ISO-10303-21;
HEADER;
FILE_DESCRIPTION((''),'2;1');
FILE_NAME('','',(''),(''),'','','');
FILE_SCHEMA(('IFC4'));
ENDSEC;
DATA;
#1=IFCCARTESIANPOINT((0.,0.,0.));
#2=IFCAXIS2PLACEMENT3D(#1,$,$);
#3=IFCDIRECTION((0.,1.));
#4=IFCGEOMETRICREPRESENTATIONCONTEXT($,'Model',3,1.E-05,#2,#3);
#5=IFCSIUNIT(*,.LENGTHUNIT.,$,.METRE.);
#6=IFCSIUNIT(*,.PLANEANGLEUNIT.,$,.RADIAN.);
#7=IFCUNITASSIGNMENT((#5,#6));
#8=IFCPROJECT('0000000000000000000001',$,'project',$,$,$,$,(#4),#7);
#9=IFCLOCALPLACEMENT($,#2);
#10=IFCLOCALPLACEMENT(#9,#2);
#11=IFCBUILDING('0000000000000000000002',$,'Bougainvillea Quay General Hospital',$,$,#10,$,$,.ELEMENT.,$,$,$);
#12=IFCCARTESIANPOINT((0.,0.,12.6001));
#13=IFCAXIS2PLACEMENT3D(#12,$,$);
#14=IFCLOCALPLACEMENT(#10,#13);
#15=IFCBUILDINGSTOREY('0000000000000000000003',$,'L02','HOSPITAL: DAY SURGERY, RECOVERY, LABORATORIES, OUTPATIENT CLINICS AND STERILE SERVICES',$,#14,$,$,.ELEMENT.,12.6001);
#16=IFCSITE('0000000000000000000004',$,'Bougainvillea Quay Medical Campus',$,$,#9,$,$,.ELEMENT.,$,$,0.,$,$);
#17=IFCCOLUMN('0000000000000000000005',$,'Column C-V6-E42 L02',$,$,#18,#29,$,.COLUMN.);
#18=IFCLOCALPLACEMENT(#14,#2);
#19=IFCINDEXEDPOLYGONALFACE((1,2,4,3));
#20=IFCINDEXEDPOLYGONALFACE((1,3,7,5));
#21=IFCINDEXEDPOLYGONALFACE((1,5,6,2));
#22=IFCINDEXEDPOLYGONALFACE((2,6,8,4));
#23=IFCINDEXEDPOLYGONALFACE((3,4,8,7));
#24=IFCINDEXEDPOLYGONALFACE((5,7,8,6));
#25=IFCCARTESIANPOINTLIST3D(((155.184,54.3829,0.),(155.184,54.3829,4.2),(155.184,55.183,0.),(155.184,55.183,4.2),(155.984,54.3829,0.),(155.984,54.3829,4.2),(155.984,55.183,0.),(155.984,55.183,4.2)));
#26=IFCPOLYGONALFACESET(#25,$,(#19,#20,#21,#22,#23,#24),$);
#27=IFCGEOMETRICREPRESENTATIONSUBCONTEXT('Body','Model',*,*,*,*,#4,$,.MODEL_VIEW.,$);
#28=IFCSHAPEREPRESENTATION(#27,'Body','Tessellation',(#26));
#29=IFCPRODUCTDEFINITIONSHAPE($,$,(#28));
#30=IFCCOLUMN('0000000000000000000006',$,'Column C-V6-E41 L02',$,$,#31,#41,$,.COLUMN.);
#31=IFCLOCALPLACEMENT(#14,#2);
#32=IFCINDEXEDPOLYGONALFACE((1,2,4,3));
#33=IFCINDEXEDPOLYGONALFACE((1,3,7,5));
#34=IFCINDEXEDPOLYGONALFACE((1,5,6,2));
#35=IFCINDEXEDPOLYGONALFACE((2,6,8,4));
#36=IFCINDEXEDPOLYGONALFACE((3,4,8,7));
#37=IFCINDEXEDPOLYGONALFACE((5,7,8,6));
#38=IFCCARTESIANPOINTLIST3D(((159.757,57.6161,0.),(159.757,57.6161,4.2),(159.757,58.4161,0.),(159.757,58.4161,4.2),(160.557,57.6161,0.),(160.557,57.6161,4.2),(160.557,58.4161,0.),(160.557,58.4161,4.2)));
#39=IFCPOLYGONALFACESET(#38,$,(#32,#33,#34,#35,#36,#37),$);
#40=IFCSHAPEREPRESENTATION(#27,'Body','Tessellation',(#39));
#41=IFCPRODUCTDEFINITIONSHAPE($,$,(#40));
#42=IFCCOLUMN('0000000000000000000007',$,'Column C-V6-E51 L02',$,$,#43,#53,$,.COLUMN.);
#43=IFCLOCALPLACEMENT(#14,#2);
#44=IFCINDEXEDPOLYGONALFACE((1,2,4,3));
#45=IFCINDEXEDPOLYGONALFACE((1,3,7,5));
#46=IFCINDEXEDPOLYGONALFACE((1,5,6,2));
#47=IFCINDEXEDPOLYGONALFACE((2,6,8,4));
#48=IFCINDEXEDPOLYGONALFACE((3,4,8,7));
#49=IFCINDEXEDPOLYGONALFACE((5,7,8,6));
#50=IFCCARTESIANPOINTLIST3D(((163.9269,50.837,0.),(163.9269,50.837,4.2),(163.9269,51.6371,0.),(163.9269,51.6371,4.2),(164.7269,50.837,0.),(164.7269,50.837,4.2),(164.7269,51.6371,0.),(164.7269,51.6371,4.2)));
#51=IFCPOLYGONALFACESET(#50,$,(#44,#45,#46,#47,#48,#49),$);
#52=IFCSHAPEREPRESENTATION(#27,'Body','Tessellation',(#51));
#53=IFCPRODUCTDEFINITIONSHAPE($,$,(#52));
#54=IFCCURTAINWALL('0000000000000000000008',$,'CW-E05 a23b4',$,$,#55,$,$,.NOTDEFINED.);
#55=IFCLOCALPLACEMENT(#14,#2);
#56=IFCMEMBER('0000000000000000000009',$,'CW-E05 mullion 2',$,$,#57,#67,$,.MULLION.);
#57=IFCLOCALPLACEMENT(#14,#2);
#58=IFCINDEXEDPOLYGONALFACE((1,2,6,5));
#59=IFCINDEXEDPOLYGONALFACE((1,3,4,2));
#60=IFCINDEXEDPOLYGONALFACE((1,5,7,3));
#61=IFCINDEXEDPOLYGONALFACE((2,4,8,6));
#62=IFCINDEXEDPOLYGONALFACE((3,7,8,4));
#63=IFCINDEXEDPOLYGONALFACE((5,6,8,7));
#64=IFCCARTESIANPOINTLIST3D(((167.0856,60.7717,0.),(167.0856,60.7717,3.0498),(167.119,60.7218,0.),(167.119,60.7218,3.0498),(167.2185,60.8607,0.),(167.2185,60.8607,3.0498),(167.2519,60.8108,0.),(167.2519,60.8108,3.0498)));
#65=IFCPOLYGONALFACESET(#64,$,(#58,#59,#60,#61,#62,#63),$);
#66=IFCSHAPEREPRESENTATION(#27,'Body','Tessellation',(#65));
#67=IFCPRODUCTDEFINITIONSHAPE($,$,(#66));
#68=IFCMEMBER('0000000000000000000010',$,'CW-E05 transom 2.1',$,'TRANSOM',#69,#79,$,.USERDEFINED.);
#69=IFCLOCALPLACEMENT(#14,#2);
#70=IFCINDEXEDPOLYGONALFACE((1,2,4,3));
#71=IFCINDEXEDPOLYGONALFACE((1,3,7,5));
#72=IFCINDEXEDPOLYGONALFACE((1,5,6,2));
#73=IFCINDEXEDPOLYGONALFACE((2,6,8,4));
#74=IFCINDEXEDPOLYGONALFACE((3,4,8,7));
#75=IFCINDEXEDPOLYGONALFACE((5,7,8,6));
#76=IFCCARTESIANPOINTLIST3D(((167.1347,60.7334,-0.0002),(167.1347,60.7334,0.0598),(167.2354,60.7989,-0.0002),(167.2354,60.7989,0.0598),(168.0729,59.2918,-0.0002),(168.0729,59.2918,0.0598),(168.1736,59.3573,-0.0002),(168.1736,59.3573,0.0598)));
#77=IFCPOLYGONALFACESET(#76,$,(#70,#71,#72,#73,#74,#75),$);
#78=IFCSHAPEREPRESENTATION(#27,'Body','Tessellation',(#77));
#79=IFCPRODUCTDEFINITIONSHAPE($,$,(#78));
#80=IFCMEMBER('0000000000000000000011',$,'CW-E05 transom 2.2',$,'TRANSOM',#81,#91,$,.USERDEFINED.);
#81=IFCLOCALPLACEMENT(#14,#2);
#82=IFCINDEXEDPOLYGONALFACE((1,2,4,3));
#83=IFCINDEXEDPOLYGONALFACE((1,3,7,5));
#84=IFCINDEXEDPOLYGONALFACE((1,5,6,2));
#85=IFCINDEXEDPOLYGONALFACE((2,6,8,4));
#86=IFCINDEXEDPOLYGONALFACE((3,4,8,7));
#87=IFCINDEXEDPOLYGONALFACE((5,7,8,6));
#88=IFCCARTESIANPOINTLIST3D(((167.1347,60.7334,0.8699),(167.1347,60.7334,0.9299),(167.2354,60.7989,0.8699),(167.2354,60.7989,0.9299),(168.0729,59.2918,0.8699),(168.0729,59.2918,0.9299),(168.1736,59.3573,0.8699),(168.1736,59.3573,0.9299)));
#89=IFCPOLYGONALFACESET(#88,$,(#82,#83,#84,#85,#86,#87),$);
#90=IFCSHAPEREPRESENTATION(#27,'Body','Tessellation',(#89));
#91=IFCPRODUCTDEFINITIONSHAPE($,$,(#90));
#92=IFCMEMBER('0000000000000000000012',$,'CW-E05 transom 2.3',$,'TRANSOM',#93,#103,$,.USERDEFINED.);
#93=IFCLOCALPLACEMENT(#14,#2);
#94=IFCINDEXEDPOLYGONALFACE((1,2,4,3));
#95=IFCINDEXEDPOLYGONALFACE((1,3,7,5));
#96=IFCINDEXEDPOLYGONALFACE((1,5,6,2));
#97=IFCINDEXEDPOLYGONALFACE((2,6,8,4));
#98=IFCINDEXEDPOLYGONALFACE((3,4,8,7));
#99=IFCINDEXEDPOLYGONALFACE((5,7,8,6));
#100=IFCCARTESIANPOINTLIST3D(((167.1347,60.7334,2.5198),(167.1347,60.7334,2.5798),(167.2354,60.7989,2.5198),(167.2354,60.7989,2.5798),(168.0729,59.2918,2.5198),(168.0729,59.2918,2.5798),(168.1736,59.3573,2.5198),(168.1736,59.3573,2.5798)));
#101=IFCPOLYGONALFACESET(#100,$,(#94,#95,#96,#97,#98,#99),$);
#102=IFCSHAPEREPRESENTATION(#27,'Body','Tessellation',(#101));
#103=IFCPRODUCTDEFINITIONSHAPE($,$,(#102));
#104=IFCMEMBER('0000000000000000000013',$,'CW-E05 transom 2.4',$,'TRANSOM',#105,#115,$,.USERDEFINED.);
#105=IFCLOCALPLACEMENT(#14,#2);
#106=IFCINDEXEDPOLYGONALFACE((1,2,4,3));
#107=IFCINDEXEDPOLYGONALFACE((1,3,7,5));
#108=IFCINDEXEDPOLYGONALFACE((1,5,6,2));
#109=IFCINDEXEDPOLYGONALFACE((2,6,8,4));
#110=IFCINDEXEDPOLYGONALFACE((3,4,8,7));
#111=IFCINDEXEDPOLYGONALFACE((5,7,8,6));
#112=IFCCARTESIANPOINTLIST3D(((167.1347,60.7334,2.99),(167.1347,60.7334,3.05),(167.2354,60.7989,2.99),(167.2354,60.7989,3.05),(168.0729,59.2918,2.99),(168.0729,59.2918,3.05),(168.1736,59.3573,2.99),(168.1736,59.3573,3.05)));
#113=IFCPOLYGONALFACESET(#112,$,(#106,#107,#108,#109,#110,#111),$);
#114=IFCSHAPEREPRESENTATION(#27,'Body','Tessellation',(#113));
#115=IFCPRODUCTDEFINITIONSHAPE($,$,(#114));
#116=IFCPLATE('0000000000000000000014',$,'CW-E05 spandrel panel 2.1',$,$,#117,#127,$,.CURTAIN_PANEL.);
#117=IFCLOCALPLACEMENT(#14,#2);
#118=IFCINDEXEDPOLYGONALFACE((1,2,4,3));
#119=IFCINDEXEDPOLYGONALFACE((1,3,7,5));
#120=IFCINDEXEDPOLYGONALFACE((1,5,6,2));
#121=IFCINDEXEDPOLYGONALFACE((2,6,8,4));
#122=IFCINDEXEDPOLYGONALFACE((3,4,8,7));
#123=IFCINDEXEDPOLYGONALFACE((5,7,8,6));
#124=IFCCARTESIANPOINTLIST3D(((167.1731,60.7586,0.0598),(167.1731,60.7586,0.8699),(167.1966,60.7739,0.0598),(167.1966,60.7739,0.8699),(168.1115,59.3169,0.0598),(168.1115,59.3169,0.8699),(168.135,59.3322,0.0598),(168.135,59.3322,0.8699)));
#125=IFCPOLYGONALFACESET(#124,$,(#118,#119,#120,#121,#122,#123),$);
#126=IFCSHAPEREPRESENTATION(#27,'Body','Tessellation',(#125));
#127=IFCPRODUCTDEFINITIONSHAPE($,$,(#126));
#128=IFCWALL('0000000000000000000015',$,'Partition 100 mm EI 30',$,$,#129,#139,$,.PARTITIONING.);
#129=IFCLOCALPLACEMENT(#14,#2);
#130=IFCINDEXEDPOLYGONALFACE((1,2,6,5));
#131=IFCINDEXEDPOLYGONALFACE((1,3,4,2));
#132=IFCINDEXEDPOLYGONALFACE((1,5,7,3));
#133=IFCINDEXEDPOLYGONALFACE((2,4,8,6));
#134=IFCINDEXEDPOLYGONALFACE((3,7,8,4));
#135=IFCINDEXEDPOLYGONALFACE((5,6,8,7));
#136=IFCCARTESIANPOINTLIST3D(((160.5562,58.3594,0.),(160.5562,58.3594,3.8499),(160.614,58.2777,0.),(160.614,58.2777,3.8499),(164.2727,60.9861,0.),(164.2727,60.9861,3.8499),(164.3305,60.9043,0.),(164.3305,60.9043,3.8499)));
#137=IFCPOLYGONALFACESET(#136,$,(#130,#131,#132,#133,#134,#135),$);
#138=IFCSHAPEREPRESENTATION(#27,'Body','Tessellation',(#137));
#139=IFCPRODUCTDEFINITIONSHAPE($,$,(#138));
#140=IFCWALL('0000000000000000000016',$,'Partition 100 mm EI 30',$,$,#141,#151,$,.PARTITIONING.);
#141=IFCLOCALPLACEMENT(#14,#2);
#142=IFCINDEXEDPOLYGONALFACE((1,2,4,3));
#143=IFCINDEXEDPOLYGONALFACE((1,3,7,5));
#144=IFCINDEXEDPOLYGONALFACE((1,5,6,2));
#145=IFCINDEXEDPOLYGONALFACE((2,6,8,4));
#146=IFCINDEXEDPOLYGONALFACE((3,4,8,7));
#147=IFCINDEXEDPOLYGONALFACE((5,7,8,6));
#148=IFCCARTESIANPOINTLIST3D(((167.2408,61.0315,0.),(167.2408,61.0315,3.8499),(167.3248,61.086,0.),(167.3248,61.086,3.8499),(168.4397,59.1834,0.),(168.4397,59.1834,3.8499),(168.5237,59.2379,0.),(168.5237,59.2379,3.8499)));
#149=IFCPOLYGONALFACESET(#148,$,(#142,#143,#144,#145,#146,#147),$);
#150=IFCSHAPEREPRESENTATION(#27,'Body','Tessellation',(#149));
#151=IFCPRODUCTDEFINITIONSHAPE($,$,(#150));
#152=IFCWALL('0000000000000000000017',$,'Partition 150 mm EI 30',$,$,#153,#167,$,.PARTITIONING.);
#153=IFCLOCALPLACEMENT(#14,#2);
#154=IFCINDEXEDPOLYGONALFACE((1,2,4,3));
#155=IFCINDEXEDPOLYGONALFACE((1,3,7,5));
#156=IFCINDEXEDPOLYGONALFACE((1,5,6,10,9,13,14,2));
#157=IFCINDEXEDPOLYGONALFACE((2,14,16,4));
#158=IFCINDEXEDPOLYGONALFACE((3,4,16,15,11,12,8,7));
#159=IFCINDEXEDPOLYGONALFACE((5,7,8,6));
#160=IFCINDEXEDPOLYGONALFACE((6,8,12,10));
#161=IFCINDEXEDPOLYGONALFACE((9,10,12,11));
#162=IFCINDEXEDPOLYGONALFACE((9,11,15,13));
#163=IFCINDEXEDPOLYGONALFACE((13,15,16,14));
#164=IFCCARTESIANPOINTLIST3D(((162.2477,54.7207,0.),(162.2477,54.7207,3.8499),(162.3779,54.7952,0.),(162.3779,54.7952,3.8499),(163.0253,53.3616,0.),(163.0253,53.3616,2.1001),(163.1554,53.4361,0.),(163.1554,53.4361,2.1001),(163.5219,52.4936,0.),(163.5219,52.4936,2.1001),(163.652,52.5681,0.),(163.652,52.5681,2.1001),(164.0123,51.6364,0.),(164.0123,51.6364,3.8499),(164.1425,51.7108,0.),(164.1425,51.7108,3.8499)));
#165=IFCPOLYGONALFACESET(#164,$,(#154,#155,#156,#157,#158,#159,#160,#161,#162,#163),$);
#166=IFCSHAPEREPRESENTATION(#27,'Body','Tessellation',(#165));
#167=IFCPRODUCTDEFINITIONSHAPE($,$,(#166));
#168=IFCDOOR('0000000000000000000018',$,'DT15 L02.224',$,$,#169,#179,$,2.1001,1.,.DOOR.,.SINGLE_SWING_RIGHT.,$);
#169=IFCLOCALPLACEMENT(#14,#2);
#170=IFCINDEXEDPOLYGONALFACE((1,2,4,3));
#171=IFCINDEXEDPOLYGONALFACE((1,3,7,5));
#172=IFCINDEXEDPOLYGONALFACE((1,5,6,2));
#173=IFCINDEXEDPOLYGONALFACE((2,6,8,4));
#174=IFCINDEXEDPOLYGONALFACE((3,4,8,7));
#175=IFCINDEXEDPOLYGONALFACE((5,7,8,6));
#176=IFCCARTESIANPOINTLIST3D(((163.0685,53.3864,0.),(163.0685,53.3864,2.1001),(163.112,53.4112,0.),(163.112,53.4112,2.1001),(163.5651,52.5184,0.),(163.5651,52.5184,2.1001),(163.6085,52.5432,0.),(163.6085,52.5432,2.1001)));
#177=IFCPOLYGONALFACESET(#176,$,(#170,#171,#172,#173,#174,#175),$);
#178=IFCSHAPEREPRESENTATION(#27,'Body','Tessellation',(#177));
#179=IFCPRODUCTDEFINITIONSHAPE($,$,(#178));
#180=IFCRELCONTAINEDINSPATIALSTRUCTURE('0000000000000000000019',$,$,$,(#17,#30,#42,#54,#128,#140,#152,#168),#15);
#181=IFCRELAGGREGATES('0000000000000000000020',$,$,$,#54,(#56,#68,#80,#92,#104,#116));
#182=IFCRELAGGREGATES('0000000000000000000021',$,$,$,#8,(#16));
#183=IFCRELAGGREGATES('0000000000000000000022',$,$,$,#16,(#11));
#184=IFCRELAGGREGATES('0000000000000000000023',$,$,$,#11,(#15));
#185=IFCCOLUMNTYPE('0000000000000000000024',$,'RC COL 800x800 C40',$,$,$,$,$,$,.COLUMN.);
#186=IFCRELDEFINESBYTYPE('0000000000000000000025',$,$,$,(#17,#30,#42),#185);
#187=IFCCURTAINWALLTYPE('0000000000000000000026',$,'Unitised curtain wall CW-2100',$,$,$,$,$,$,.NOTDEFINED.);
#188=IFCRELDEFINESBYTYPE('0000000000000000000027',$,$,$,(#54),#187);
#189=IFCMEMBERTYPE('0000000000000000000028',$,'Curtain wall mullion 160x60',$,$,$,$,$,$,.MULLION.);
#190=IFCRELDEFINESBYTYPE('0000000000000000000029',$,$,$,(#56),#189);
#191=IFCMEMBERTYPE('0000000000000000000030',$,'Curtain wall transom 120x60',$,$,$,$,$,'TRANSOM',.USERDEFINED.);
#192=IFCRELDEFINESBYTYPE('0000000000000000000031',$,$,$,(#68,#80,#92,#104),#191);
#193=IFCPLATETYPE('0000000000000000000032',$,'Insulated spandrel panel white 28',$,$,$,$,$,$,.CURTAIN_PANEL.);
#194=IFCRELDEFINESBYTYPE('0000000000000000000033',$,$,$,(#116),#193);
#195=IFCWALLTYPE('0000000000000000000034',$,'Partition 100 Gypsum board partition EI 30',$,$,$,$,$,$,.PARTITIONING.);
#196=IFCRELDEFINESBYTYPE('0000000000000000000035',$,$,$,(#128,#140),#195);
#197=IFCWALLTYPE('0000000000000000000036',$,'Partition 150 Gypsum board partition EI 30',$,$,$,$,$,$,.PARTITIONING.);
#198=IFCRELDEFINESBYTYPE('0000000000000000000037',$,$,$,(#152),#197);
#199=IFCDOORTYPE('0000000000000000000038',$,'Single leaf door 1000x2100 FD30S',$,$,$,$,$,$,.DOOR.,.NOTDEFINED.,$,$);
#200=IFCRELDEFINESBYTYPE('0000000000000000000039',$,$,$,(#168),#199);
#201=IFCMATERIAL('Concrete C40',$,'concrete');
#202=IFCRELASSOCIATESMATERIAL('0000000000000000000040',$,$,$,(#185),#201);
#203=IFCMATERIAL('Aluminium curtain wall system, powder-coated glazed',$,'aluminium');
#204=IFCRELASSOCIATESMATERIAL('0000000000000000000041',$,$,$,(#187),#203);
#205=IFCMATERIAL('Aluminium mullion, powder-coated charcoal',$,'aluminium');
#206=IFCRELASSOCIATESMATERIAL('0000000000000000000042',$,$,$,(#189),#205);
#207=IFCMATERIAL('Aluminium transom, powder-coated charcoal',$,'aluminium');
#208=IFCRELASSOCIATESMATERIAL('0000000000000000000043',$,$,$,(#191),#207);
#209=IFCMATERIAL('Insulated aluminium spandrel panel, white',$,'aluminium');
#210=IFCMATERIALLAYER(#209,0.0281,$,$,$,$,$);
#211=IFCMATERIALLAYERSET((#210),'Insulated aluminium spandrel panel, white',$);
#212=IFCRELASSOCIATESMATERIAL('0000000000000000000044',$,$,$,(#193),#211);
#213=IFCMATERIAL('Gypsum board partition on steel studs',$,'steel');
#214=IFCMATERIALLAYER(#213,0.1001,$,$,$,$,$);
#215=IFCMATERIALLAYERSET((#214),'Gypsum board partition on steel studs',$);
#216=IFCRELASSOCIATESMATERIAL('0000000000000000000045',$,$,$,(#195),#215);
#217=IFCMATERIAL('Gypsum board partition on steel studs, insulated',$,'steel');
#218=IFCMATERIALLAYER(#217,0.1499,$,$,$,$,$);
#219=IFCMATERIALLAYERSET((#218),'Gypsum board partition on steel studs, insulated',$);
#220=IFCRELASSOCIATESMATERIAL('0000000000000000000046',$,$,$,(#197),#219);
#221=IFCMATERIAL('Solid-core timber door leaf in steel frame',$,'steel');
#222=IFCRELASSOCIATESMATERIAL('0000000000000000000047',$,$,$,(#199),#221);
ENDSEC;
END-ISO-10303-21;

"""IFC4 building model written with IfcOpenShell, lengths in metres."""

from ifc_helpers import new_model, si_unit, direction, frame, frame_2d, origin, origin_2d, place, context, subcontext, project, spatial, rectangle, extrude, material, layer, layer_set, material_profile, profile_set, type_object, element, fill, aggregate, save


model = new_model("IFC4")

# Units and contexts
model_context = context("Model", 3, precision=1e-05, world=origin(), true_north=direction((0.0, 1.0)))
body_context = subcontext(model_context, "Body", "Model", "MODEL_VIEW")
ifc_project = project(units=[si_unit("LENGTHUNIT", "METRE"), si_unit("PLANEANGLEUNIT", "RADIAN")], contexts=[model_context])

# Site, building, storey
site_placement = place(None, origin())
site = spatial("IfcSite", under=ifc_project, at=site_placement, Name="Bougainvillea Quay Medical Campus", CompositionType="ELEMENT", RefElevation=0.0)
building_placement = place(site_placement, origin())
building = spatial("IfcBuilding", under=site, at=building_placement, Name="Bougainvillea Quay General Hospital", CompositionType="ELEMENT")
storey_placement = place(building_placement, frame((0.0, 0.0, 12.6001)))
storey = spatial("IfcBuildingStorey", under=building, at=storey_placement, Name="L02", Description="HOSPITAL: DAY SURGERY, RECOVERY, LABORATORIES, OUTPATIENT CLINICS AND STERILE SERVICES", CompositionType="ELEMENT", Elevation=12.6001)

# Columns
ifc_material_1 = material(Name="Concrete C40", Category="concrete")
ifc_material_profile_1 = material_profile(ifc_material_1, rectangle(XDim=0.8, YDim=0.8, at=origin_2d()))
ifc_profile_set_1 = profile_set([ifc_material_profile_1], Name="Concrete C40")
column_type = type_object("IfcColumnType", Name="RC COL 800x800 C40", PredefinedType="COLUMN", material=ifc_profile_set_1)
for number, where, z_axis, x_axis, name in (
    (1, (155.584, 54.783, 0.0), (0.0, 0.0, 1.0), (1.0, 0.0, 0.0), "Column C-V6-E42 L02"),
    (2, (160.157, 58.0161, 0.0), (0.0, 0.0, 1.0), (1.0, 0.0, 0.0), "Column C-V6-E41 L02"),
    (3, (164.3269, 51.2371, 0.0), (0.0, 0.0, 1.0), (1.0, 0.0, 0.0), "Column C-V6-E51 L02"),
):
    element("IfcColumn", number, at=place(storey_placement, frame(where, z_axis=z_axis, x_axis=x_axis)), inside=storey, type_object=column_type, Name=name, PredefinedType="COLUMN", context=body_context, shape_type="SweptSolid", body=[
        extrude(rectangle(XDim=0.8, YDim=0.8, at=origin_2d()), origin(), (0.0, 0.0, 1.0), 4.2),
    ])

# Curtain wall, members, plate
ifc_material_2 = material(Name="Aluminium curtain wall system, powder-coated glazed", Category="aluminium")
curtain_wall_type = type_object("IfcCurtainWallType", Name="Unitised curtain wall CW-2100", PredefinedType="NOTDEFINED", material=ifc_material_2)
curtain_wall_placement = place(storey_placement, origin())
curtain_wall = element("IfcCurtainWall", 4, at=curtain_wall_placement, inside=storey, type_object=curtain_wall_type, Name="CW-E05 a23b4", PredefinedType="NOTDEFINED")
ifc_material_3 = material(Name="Aluminium mullion, powder-coated charcoal", Category="aluminium")
ifc_material_profile_2 = material_profile(ifc_material_3, rectangle(XDim=0.1599, YDim=0.0601, at=origin_2d()))
ifc_profile_set_2 = profile_set([ifc_material_profile_2], Name="Aluminium mullion, powder-coated charcoal")
member_type_1 = type_object("IfcMemberType", Name="Curtain wall mullion 160x60", PredefinedType="MULLION", material=ifc_profile_set_2)
member_1_placement = place(storey_placement, frame((167.1687, 60.7913, 0.0), z_axis=(0.0, 0.0, 1.0), x_axis=(0.831085, 0.556145, 0.0)))
member_1 = element("IfcMember", 5, at=member_1_placement, type_object=member_type_1, Name="CW-E05 mullion 2", PredefinedType="MULLION", context=body_context, shape_type="SweptSolid", body=[
    extrude(rectangle(XDim=0.1599, YDim=0.0601, at=origin_2d()), origin(), (0.0, 0.0, 1.0), 3.0498),
])
ifc_material_4 = material(Name="Aluminium transom, powder-coated charcoal", Category="aluminium")
ifc_material_profile_3 = material_profile(ifc_material_4, rectangle(XDim=0.1201, YDim=0.0601, at=origin_2d()))
ifc_profile_set_3 = profile_set([ifc_material_profile_3], Name="Aluminium transom, powder-coated charcoal")
member_type_2 = type_object("IfcMemberType", Name="Curtain wall transom 120x60", ElementType="TRANSOM", PredefinedType="USERDEFINED", material=ifc_profile_set_3)
member_2_placement = place(storey_placement, frame((167.1851, 60.7661, 0.0298), z_axis=(0.545462, -0.838135, 0.0), x_axis=(0.838135, 0.545462, 0.0)))
member_2 = element("IfcMember", 6, at=member_2_placement, type_object=member_type_2, Name="CW-E05 transom 2.1", ObjectType="TRANSOM", PredefinedType="USERDEFINED", context=body_context, shape_type="SweptSolid", body=[
    extrude(rectangle(XDim=0.1201, YDim=0.0601, at=origin_2d()), origin(), (0.0, 0.0, 1.0), 1.72),
])
member_3_placement = place(storey_placement, frame((167.1851, 60.7661, 0.8999), z_axis=(0.545462, -0.838135, 0.0), x_axis=(0.838135, 0.545462, 0.0)))
member_3 = element("IfcMember", 7, at=member_3_placement, type_object=member_type_2, Name="CW-E05 transom 2.2", ObjectType="TRANSOM", PredefinedType="USERDEFINED", context=body_context, shape_type="SweptSolid", body=[
    extrude(rectangle(XDim=0.1201, YDim=0.0601, at=origin_2d()), origin(), (0.0, 0.0, 1.0), 1.72),
])
member_4_placement = place(storey_placement, frame((167.1851, 60.7661, 2.5498), z_axis=(0.545462, -0.838135, 0.0), x_axis=(0.838135, 0.545462, 0.0)))
member_4 = element("IfcMember", 8, at=member_4_placement, type_object=member_type_2, Name="CW-E05 transom 2.3", ObjectType="TRANSOM", PredefinedType="USERDEFINED", context=body_context, shape_type="SweptSolid", body=[
    extrude(rectangle(XDim=0.1201, YDim=0.0601, at=origin_2d()), origin(), (0.0, 0.0, 1.0), 1.72),
])
member_5_placement = place(storey_placement, frame((167.1851, 60.7661, 3.02), z_axis=(0.545462, -0.838135, 0.0), x_axis=(0.838135, 0.545462, 0.0)))
member_5 = element("IfcMember", 9, at=member_5_placement, type_object=member_type_2, Name="CW-E05 transom 2.4", ObjectType="TRANSOM", PredefinedType="USERDEFINED", context=body_context, shape_type="SweptSolid", body=[
    extrude(rectangle(XDim=0.1201, YDim=0.0601, at=origin_2d()), origin(), (0.0, 0.0, 1.0), 1.72),
])
ifc_material_5 = material(Name="Insulated aluminium spandrel panel, white", Category="aluminium")
ifc_layer_1 = layer(ifc_material_5, 0.0281)
ifc_layer_set_1 = layer_set([ifc_layer_1], Name="Insulated aluminium spandrel panel, white")
plate_type = type_object("IfcPlateType", Name="Insulated spandrel panel white 28", PredefinedType="CURTAIN_PANEL", material=ifc_layer_set_1)
plate_placement = place(storey_placement, frame((167.6541, 60.0454, 0.0598), z_axis=(0.0, 0.0, 1.0), x_axis=(0.545494, -0.838115, 0.0)))
plate = element("IfcPlate", 10, at=plate_placement, type_object=plate_type, Name="CW-E05 spandrel panel 2.1", PredefinedType="CURTAIN_PANEL", context=body_context, shape_type="SweptSolid", body=[
    extrude(rectangle(XDim=1.7202, YDim=0.0281, at=origin_2d()), origin(), (0.0, 0.0, 1.0), 0.8101),
])
aggregate(curtain_wall, [member_1, member_2, member_3, member_4, member_5, plate])

# Walls
ifc_material_6 = material(Name="Gypsum board partition on steel studs", Category="steel")
ifc_layer_2 = layer(ifc_material_6, 0.1001)
ifc_layer_set_2 = layer_set([ifc_layer_2], Name="Gypsum board partition on steel studs")
wall_type_1 = type_object("IfcWallType", Name="Partition 100 Gypsum board partition EI 30", PredefinedType="PARTITIONING", material=ifc_layer_set_2)
wall_1_placement = place(storey_placement, frame((160.5852, 58.3186, 0.0), z_axis=(0.0, 0.0, 1.0), x_axis=(0.81663, 0.577161, 0.0)))
element("IfcWall", 11, at=wall_1_placement, inside=storey, type_object=wall_type_1, Name="Partition 100 mm EI 30", PredefinedType="PARTITIONING", context=body_context, shape_type="SweptSolid", body=[
    extrude(rectangle(XDim=4.551, YDim=0.1001, at=frame_2d((2.2754, 0.0))), origin(), (0.0, 0.0, 1.0), 3.8499),
])
wall_2_placement = place(storey_placement, frame((167.2827, 61.0588, 0.0), z_axis=(0.0, 0.0, 1.0), x_axis=(0.544248, -0.838924, 0.0)))
element("IfcWall", 12, at=wall_2_placement, inside=storey, type_object=wall_type_1, Name="Partition 100 mm EI 30", PredefinedType="PARTITIONING", context=body_context, shape_type="SweptSolid", body=[
    extrude(rectangle(XDim=2.2029, YDim=0.1001, at=frame_2d((1.1016, 0.0))), origin(), (0.0, 0.0, 1.0), 3.8499),
])

# Wall, opening, door
ifc_material_7 = material(Name="Gypsum board partition on steel studs, insulated", Category="steel")
ifc_layer_3 = layer(ifc_material_7, 0.1499)
ifc_layer_set_3 = layer_set([ifc_layer_3], Name="Gypsum board partition on steel studs, insulated")
wall_type_2 = type_object("IfcWallType", Name="Partition 150 Gypsum board partition EI 30", PredefinedType="PARTITIONING", material=ifc_layer_set_3)
wall_3_placement = place(storey_placement, frame((162.3127, 54.7581, 0.0), z_axis=(0.0, 0.0, 1.0), x_axis=(0.496583, -0.867989, 0.0)))
wall_3 = element("IfcWall", 13, at=wall_3_placement, inside=storey, type_object=wall_type_2, Name="Partition 150 mm EI 30", PredefinedType="PARTITIONING", context=body_context, shape_type="SweptSolid", body=[
    extrude(rectangle(XDim=3.5535, YDim=0.1499, at=frame_2d((1.7769, 0.0))), origin(), (0.0, 0.0, 1.0), 3.8499),
])
opening_1_placement = place(wall_3_placement, frame((1.5659, 0.0, 0.0)))
opening_1 = element("IfcOpeningElement", 14, at=opening_1_placement, cuts=wall_3, PredefinedType="OPENING", context=body_context, shape_type="SweptSolid", body=[
    extrude(rectangle(XDim=1.0, YDim=2.1001, at=frame_2d((0.5, 1.05))), frame((0.0, 0.085, 0.0), z_axis=(0.0, -1.0, 0.0), x_axis=(1.0, 0.0, 0.0)), (0.0, 0.0, 1.0), 0.1699),
])
ifc_material_8 = material(Name="Solid-core timber door leaf in steel frame", Category="steel")
door_type_1 = type_object("IfcDoorType", Name="Single leaf door 1000x2100 FD30S", OperationType="NOTDEFINED", PredefinedType="DOOR", material=ifc_material_8)
door_1_placement = place(opening_1_placement, origin())
door_1 = element("IfcDoor", 15, at=door_1_placement, inside=storey, type_object=door_type_1, Name="DT15 L02.224", OperationType="SINGLE_SWING_RIGHT", OverallHeight=2.1001, OverallWidth=1.0, PredefinedType="DOOR", context=body_context, shape_type="SweptSolid", body=[
    extrude(rectangle(XDim=1.0, YDim=2.1001, at=frame_2d((0.5, 1.05))), frame((0.0, 0.0249, 0.0), z_axis=(0.0, -1.0, 0.0), x_axis=(1.0, 0.0, 0.0)), (0.0, 0.0, 1.0), 0.05),
])
fill(opening_1, door_1)

save(model, "model.ifc")
